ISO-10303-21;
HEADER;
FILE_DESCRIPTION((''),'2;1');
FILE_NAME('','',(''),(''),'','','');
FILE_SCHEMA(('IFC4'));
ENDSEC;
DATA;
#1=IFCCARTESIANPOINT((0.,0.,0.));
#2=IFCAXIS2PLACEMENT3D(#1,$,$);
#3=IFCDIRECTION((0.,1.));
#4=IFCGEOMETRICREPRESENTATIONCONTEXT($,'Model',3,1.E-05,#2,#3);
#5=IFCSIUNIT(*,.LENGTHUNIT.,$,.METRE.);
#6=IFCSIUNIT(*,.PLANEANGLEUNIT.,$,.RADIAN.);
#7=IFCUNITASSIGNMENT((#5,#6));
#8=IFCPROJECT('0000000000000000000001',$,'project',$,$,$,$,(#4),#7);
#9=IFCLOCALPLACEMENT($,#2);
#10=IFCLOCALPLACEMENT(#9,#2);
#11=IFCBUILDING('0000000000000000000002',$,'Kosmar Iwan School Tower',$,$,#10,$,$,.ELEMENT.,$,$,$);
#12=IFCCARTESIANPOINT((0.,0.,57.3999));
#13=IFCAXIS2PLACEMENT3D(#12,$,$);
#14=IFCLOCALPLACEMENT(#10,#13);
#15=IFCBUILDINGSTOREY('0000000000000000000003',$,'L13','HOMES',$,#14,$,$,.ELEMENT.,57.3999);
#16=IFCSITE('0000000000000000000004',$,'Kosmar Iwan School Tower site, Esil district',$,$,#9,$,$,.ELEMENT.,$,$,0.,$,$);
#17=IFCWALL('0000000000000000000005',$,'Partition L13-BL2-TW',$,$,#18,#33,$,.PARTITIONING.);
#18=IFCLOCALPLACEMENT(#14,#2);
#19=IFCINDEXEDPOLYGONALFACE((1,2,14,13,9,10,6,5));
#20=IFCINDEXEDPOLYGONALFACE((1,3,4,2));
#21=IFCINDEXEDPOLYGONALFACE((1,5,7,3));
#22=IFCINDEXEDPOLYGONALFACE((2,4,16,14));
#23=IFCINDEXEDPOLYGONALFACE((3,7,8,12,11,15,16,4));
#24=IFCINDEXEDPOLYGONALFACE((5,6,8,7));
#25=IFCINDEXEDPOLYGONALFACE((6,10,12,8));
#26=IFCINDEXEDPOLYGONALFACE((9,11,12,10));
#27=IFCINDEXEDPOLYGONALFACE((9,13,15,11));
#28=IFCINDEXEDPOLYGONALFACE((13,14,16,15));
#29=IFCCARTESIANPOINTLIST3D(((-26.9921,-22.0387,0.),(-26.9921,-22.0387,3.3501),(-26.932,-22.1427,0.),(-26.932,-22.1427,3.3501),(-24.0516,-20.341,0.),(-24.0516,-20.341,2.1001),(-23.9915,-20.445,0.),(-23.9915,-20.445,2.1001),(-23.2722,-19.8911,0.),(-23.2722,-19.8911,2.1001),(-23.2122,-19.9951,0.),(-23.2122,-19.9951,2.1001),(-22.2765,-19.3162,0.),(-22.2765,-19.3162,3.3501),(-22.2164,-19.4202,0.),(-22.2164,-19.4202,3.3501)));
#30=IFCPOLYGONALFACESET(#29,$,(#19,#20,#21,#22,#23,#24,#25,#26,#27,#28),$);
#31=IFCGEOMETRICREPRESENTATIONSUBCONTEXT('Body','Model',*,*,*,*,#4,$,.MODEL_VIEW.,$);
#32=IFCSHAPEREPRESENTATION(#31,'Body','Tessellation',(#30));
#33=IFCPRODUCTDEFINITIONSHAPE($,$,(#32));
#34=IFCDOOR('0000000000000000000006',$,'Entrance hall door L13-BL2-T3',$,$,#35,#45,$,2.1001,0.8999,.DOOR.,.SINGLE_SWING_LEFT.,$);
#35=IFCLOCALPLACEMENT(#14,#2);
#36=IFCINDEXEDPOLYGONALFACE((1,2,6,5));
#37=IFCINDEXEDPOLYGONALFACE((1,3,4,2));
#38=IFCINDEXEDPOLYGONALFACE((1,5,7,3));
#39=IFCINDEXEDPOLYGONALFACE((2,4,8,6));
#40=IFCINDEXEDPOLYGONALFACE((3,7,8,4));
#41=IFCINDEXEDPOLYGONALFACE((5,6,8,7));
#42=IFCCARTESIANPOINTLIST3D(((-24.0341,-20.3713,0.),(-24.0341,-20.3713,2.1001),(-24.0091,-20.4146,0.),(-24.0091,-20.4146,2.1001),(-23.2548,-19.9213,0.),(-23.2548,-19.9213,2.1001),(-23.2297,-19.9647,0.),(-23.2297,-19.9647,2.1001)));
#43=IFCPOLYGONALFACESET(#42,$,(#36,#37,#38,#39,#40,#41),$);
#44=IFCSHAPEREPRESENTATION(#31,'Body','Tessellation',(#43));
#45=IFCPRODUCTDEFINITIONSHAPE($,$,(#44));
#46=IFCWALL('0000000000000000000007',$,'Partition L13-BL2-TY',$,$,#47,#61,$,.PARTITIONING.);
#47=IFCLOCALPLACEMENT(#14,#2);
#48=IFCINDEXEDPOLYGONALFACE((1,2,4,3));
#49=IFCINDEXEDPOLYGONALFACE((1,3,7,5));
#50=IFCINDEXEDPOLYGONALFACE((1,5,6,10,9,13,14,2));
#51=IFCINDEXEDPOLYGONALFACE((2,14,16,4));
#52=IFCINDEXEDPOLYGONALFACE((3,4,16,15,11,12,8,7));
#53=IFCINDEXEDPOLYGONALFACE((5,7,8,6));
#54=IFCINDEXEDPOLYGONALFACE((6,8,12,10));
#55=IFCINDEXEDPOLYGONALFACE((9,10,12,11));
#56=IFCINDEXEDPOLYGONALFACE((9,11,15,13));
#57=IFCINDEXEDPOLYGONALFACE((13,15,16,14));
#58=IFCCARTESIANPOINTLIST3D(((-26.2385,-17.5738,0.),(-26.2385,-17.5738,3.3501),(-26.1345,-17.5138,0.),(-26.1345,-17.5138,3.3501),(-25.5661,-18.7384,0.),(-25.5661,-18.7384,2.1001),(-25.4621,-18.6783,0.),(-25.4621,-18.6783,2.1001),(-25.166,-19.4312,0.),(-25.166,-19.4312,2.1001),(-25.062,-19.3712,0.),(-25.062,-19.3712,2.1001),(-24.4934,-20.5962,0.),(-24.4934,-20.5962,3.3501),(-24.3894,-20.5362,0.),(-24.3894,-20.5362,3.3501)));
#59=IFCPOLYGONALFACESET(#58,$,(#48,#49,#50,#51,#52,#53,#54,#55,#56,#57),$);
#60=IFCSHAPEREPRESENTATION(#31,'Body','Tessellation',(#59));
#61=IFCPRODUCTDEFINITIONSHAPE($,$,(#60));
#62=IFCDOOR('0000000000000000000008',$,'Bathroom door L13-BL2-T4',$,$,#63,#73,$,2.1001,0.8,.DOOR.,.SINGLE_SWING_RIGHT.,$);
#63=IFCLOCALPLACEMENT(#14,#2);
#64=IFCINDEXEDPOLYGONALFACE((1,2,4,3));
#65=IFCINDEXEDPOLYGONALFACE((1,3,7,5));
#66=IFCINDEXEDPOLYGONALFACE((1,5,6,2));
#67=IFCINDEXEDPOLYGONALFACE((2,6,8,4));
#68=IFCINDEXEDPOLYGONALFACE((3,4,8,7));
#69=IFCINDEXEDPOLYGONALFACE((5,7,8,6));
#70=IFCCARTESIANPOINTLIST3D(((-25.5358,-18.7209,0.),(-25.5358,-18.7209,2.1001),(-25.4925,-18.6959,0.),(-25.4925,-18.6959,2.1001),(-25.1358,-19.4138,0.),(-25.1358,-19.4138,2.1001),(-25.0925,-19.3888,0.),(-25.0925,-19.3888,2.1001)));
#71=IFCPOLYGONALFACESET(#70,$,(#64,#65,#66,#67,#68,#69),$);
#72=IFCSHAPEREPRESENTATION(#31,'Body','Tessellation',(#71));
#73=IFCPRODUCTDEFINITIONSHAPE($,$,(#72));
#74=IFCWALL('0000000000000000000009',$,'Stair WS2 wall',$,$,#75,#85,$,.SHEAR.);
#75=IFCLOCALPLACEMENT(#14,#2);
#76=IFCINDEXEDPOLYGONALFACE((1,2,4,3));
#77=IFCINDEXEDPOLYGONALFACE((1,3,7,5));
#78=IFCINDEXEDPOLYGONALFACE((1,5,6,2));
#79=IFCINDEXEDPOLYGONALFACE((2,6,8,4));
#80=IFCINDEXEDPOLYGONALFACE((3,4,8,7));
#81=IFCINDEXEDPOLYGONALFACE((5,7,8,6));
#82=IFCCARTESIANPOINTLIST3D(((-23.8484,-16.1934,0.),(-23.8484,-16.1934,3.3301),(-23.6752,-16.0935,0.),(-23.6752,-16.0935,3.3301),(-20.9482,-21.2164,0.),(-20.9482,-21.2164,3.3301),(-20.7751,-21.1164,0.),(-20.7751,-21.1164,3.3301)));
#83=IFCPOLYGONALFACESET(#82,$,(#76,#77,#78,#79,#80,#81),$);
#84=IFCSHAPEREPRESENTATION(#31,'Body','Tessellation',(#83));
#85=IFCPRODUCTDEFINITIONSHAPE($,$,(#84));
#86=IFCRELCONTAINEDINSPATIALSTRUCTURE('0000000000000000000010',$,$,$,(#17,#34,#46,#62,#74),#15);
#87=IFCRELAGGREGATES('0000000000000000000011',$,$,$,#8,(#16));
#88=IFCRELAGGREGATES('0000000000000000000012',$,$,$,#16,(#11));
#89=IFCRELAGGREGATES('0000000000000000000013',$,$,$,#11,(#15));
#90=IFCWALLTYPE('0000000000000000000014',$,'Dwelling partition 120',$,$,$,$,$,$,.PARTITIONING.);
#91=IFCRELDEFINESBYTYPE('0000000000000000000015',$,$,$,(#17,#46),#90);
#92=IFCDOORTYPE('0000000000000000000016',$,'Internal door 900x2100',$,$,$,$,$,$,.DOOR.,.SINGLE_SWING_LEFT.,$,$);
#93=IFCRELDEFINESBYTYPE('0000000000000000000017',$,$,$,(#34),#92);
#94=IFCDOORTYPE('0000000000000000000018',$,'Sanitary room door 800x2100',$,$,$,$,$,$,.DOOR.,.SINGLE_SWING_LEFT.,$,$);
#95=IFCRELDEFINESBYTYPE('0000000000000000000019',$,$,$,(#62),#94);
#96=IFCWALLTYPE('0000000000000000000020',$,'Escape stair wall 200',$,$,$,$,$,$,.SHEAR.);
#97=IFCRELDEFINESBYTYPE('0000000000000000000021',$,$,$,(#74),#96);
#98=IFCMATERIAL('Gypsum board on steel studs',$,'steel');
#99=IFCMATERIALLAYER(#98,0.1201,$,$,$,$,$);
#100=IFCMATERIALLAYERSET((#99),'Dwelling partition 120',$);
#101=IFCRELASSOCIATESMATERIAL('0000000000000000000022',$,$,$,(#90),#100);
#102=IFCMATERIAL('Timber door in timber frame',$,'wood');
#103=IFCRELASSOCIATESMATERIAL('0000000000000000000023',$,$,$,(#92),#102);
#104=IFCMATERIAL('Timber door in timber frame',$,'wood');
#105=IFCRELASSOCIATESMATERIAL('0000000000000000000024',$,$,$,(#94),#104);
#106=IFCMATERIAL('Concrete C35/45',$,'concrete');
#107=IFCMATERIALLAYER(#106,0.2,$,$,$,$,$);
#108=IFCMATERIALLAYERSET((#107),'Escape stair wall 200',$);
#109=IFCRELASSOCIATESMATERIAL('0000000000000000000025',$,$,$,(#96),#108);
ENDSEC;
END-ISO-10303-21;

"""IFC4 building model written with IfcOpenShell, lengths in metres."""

from ifc_helpers import new_model, si_unit, direction, frame, frame_2d, origin, place, context, subcontext, project, spatial, rectangle, extrude, material, layer, layer_set, type_object, element, fill, save


model = new_model("IFC4")

# Units and contexts
model_context = context("Model", 3, precision=1e-05, world=origin(), true_north=direction((0.0, 1.0)))
body_context = subcontext(model_context, "Body", "Model", "MODEL_VIEW")
ifc_project = project(units=[si_unit("LENGTHUNIT", "METRE"), si_unit("PLANEANGLEUNIT", "RADIAN")], contexts=[model_context])

# Site, building, storey
site_placement = place(None, origin())
site = spatial("IfcSite", under=ifc_project, at=site_placement, Name="Kosmar Iwan School Tower site, Esil district", CompositionType="ELEMENT", RefElevation=0.0)
building_placement = place(site_placement, origin())
building = spatial("IfcBuilding", under=site, at=building_placement, Name="Kosmar Iwan School Tower", CompositionType="ELEMENT")
storey_placement = place(building_placement, frame((0.0, 0.0, 57.3999)))
storey = spatial("IfcBuildingStorey", under=building, at=storey_placement, Name="L13", Description="HOMES", CompositionType="ELEMENT", Elevation=57.3999)

# Walls, openings, doors
ifc_material_1 = material(Name="Gypsum board on steel studs", Category="steel")
ifc_layer_1 = layer(ifc_material_1, 0.1201)
ifc_layer_set_1 = layer_set([ifc_layer_1], Name="Dwelling partition 120")
wall_type_1 = type_object("IfcWallType", Name="Dwelling partition 120", PredefinedType="PARTITIONING", material=ifc_layer_set_1)
ifc_material_2 = material(Name="Timber door in timber frame", Category="wood")
door_type_1 = type_object("IfcDoorType", Name="Internal door 900x2100", OperationType="SINGLE_SWING_LEFT", PredefinedType="DOOR", material=ifc_material_2)
wall_1_placement = place(storey_placement, frame((-22.2463, -19.3682, 0.0), z_axis=(0.0, 0.0, 1.0), x_axis=(-0.866036, -0.499982, 0.0)))
wall_1 = element("IfcWall", 1, at=wall_1_placement, inside=storey, type_object=wall_type_1, Name="Partition L13-BL2-TW", PredefinedType="PARTITIONING", context=body_context, shape_type="SweptSolid", body=[
    extrude(rectangle(XDim=5.4451, YDim=0.1201, at=frame_2d((2.7227, 0.0))), origin(), (0.0, 0.0, 1.0), 3.3501),
])
opening_1_placement = place(wall_1_placement, frame((1.1499, 0.0, 0.0)))
opening_1 = element("IfcOpeningElement", 2, at=opening_1_placement, cuts=wall_1, PredefinedType="OPENING", context=body_context, shape_type="SweptSolid", body=[
    extrude(rectangle(XDim=0.8999, YDim=2.1001, at=frame_2d((0.45, 1.05))), frame((0.0, 0.072, 0.0), z_axis=(0.0, -1.0, 0.0), x_axis=(1.0, 0.0, 0.0)), (0.0, 0.0, 1.0), 0.144),
])
door_1_placement = place(opening_1_placement, origin())
door_1 = element("IfcDoor", 3, at=door_1_placement, inside=storey, type_object=door_type_1, Name="Entrance hall door L13-BL2-T3", OperationType="SINGLE_SWING_LEFT", OverallHeight=2.1001, OverallWidth=0.8999, PredefinedType="DOOR", context=body_context, shape_type="SweptSolid", body=[
    extrude(rectangle(XDim=0.8999, YDim=2.1001, at=frame_2d((0.45, 1.05))), frame((0.0, 0.0249, 0.0), z_axis=(0.0, -1.0, 0.0), x_axis=(1.0, 0.0, 0.0)), (0.0, 0.0, 1.0), 0.05),
])
fill(opening_1, door_1)
wall_2_placement = place(storey_placement, frame((-26.1865, -17.5437, 0.0), z_axis=(0.0, 0.0, 1.0), x_axis=(0.500021, -0.866013, 0.0)))
wall_2 = element("IfcWall", 4, at=wall_2_placement, inside=storey, type_object=wall_type_1, Name="Partition L13-BL2-TY", PredefinedType="PARTITIONING", context=body_context, shape_type="SweptSolid", body=[
    extrude(rectangle(XDim=3.49, YDim=0.1201, at=frame_2d((1.7451, 0.0))), origin(), (0.0, 0.0, 1.0), 3.3501),
])
opening_2_placement = place(wall_2_placement, frame((1.345, 0.0, 0.0)))
opening_2 = element("IfcOpeningElement", 5, at=opening_2_placement, cuts=wall_2, PredefinedType="OPENING", context=body_context, shape_type="SweptSolid", body=[
    extrude(rectangle(XDim=0.8, YDim=2.1001, at=frame_2d((0.3999, 1.05))), frame((0.0, 0.072, 0.0), z_axis=(0.0, -1.0, 0.0), x_axis=(1.0, 0.0, 0.0)), (0.0, 0.0, 1.0), 0.144),
])
ifc_material_3 = material(Name="Timber door in timber frame", Category="wood")
door_type_2 = type_object("IfcDoorType", Name="Sanitary room door 800x2100", OperationType="SINGLE_SWING_LEFT", PredefinedType="DOOR", material=ifc_material_3)
door_2_placement = place(opening_2_placement, origin())
door_2 = element("IfcDoor", 6, at=door_2_placement, inside=storey, type_object=door_type_2, Name="Bathroom door L13-BL2-T4", OperationType="SINGLE_SWING_RIGHT", OverallHeight=2.1001, OverallWidth=0.8, PredefinedType="DOOR", context=body_context, shape_type="SweptSolid", body=[
    extrude(rectangle(XDim=0.8, YDim=2.1001, at=frame_2d((0.3999, 1.05))), frame((0.0, 0.0249, 0.0), z_axis=(0.0, -1.0, 0.0), x_axis=(1.0, 0.0, 0.0)), (0.0, 0.0, 1.0), 0.05),
])
fill(opening_2, door_2)

# Wall
ifc_material_4 = material(Name="Concrete C35/45", Category="concrete")
ifc_layer_2 = layer(ifc_material_4, 0.2)
ifc_layer_set_2 = layer_set([ifc_layer_2], Name="Escape stair wall 200")
wall_type_2 = type_object("IfcWallType", Name="Escape stair wall 200", PredefinedType="SHEAR", material=ifc_layer_set_2)
wall_3_placement = place(storey_placement, frame((-23.7617, -16.1436, 0.0), z_axis=(0.0, 0.0, 1.0), x_axis=(0.500019, -0.866015, 0.0)))
element("IfcWall", 7, at=wall_3_placement, inside=storey, type_object=wall_type_2, Name="Stair WS2 wall", PredefinedType="SHEAR", context=body_context, shape_type="SweptSolid", body=[
    extrude(rectangle(XDim=5.8, YDim=0.2, at=frame_2d((2.8999, 0.0))), origin(), (0.0, 0.0, 1.0), 3.3301),
])

save(model, "model.ifc")
